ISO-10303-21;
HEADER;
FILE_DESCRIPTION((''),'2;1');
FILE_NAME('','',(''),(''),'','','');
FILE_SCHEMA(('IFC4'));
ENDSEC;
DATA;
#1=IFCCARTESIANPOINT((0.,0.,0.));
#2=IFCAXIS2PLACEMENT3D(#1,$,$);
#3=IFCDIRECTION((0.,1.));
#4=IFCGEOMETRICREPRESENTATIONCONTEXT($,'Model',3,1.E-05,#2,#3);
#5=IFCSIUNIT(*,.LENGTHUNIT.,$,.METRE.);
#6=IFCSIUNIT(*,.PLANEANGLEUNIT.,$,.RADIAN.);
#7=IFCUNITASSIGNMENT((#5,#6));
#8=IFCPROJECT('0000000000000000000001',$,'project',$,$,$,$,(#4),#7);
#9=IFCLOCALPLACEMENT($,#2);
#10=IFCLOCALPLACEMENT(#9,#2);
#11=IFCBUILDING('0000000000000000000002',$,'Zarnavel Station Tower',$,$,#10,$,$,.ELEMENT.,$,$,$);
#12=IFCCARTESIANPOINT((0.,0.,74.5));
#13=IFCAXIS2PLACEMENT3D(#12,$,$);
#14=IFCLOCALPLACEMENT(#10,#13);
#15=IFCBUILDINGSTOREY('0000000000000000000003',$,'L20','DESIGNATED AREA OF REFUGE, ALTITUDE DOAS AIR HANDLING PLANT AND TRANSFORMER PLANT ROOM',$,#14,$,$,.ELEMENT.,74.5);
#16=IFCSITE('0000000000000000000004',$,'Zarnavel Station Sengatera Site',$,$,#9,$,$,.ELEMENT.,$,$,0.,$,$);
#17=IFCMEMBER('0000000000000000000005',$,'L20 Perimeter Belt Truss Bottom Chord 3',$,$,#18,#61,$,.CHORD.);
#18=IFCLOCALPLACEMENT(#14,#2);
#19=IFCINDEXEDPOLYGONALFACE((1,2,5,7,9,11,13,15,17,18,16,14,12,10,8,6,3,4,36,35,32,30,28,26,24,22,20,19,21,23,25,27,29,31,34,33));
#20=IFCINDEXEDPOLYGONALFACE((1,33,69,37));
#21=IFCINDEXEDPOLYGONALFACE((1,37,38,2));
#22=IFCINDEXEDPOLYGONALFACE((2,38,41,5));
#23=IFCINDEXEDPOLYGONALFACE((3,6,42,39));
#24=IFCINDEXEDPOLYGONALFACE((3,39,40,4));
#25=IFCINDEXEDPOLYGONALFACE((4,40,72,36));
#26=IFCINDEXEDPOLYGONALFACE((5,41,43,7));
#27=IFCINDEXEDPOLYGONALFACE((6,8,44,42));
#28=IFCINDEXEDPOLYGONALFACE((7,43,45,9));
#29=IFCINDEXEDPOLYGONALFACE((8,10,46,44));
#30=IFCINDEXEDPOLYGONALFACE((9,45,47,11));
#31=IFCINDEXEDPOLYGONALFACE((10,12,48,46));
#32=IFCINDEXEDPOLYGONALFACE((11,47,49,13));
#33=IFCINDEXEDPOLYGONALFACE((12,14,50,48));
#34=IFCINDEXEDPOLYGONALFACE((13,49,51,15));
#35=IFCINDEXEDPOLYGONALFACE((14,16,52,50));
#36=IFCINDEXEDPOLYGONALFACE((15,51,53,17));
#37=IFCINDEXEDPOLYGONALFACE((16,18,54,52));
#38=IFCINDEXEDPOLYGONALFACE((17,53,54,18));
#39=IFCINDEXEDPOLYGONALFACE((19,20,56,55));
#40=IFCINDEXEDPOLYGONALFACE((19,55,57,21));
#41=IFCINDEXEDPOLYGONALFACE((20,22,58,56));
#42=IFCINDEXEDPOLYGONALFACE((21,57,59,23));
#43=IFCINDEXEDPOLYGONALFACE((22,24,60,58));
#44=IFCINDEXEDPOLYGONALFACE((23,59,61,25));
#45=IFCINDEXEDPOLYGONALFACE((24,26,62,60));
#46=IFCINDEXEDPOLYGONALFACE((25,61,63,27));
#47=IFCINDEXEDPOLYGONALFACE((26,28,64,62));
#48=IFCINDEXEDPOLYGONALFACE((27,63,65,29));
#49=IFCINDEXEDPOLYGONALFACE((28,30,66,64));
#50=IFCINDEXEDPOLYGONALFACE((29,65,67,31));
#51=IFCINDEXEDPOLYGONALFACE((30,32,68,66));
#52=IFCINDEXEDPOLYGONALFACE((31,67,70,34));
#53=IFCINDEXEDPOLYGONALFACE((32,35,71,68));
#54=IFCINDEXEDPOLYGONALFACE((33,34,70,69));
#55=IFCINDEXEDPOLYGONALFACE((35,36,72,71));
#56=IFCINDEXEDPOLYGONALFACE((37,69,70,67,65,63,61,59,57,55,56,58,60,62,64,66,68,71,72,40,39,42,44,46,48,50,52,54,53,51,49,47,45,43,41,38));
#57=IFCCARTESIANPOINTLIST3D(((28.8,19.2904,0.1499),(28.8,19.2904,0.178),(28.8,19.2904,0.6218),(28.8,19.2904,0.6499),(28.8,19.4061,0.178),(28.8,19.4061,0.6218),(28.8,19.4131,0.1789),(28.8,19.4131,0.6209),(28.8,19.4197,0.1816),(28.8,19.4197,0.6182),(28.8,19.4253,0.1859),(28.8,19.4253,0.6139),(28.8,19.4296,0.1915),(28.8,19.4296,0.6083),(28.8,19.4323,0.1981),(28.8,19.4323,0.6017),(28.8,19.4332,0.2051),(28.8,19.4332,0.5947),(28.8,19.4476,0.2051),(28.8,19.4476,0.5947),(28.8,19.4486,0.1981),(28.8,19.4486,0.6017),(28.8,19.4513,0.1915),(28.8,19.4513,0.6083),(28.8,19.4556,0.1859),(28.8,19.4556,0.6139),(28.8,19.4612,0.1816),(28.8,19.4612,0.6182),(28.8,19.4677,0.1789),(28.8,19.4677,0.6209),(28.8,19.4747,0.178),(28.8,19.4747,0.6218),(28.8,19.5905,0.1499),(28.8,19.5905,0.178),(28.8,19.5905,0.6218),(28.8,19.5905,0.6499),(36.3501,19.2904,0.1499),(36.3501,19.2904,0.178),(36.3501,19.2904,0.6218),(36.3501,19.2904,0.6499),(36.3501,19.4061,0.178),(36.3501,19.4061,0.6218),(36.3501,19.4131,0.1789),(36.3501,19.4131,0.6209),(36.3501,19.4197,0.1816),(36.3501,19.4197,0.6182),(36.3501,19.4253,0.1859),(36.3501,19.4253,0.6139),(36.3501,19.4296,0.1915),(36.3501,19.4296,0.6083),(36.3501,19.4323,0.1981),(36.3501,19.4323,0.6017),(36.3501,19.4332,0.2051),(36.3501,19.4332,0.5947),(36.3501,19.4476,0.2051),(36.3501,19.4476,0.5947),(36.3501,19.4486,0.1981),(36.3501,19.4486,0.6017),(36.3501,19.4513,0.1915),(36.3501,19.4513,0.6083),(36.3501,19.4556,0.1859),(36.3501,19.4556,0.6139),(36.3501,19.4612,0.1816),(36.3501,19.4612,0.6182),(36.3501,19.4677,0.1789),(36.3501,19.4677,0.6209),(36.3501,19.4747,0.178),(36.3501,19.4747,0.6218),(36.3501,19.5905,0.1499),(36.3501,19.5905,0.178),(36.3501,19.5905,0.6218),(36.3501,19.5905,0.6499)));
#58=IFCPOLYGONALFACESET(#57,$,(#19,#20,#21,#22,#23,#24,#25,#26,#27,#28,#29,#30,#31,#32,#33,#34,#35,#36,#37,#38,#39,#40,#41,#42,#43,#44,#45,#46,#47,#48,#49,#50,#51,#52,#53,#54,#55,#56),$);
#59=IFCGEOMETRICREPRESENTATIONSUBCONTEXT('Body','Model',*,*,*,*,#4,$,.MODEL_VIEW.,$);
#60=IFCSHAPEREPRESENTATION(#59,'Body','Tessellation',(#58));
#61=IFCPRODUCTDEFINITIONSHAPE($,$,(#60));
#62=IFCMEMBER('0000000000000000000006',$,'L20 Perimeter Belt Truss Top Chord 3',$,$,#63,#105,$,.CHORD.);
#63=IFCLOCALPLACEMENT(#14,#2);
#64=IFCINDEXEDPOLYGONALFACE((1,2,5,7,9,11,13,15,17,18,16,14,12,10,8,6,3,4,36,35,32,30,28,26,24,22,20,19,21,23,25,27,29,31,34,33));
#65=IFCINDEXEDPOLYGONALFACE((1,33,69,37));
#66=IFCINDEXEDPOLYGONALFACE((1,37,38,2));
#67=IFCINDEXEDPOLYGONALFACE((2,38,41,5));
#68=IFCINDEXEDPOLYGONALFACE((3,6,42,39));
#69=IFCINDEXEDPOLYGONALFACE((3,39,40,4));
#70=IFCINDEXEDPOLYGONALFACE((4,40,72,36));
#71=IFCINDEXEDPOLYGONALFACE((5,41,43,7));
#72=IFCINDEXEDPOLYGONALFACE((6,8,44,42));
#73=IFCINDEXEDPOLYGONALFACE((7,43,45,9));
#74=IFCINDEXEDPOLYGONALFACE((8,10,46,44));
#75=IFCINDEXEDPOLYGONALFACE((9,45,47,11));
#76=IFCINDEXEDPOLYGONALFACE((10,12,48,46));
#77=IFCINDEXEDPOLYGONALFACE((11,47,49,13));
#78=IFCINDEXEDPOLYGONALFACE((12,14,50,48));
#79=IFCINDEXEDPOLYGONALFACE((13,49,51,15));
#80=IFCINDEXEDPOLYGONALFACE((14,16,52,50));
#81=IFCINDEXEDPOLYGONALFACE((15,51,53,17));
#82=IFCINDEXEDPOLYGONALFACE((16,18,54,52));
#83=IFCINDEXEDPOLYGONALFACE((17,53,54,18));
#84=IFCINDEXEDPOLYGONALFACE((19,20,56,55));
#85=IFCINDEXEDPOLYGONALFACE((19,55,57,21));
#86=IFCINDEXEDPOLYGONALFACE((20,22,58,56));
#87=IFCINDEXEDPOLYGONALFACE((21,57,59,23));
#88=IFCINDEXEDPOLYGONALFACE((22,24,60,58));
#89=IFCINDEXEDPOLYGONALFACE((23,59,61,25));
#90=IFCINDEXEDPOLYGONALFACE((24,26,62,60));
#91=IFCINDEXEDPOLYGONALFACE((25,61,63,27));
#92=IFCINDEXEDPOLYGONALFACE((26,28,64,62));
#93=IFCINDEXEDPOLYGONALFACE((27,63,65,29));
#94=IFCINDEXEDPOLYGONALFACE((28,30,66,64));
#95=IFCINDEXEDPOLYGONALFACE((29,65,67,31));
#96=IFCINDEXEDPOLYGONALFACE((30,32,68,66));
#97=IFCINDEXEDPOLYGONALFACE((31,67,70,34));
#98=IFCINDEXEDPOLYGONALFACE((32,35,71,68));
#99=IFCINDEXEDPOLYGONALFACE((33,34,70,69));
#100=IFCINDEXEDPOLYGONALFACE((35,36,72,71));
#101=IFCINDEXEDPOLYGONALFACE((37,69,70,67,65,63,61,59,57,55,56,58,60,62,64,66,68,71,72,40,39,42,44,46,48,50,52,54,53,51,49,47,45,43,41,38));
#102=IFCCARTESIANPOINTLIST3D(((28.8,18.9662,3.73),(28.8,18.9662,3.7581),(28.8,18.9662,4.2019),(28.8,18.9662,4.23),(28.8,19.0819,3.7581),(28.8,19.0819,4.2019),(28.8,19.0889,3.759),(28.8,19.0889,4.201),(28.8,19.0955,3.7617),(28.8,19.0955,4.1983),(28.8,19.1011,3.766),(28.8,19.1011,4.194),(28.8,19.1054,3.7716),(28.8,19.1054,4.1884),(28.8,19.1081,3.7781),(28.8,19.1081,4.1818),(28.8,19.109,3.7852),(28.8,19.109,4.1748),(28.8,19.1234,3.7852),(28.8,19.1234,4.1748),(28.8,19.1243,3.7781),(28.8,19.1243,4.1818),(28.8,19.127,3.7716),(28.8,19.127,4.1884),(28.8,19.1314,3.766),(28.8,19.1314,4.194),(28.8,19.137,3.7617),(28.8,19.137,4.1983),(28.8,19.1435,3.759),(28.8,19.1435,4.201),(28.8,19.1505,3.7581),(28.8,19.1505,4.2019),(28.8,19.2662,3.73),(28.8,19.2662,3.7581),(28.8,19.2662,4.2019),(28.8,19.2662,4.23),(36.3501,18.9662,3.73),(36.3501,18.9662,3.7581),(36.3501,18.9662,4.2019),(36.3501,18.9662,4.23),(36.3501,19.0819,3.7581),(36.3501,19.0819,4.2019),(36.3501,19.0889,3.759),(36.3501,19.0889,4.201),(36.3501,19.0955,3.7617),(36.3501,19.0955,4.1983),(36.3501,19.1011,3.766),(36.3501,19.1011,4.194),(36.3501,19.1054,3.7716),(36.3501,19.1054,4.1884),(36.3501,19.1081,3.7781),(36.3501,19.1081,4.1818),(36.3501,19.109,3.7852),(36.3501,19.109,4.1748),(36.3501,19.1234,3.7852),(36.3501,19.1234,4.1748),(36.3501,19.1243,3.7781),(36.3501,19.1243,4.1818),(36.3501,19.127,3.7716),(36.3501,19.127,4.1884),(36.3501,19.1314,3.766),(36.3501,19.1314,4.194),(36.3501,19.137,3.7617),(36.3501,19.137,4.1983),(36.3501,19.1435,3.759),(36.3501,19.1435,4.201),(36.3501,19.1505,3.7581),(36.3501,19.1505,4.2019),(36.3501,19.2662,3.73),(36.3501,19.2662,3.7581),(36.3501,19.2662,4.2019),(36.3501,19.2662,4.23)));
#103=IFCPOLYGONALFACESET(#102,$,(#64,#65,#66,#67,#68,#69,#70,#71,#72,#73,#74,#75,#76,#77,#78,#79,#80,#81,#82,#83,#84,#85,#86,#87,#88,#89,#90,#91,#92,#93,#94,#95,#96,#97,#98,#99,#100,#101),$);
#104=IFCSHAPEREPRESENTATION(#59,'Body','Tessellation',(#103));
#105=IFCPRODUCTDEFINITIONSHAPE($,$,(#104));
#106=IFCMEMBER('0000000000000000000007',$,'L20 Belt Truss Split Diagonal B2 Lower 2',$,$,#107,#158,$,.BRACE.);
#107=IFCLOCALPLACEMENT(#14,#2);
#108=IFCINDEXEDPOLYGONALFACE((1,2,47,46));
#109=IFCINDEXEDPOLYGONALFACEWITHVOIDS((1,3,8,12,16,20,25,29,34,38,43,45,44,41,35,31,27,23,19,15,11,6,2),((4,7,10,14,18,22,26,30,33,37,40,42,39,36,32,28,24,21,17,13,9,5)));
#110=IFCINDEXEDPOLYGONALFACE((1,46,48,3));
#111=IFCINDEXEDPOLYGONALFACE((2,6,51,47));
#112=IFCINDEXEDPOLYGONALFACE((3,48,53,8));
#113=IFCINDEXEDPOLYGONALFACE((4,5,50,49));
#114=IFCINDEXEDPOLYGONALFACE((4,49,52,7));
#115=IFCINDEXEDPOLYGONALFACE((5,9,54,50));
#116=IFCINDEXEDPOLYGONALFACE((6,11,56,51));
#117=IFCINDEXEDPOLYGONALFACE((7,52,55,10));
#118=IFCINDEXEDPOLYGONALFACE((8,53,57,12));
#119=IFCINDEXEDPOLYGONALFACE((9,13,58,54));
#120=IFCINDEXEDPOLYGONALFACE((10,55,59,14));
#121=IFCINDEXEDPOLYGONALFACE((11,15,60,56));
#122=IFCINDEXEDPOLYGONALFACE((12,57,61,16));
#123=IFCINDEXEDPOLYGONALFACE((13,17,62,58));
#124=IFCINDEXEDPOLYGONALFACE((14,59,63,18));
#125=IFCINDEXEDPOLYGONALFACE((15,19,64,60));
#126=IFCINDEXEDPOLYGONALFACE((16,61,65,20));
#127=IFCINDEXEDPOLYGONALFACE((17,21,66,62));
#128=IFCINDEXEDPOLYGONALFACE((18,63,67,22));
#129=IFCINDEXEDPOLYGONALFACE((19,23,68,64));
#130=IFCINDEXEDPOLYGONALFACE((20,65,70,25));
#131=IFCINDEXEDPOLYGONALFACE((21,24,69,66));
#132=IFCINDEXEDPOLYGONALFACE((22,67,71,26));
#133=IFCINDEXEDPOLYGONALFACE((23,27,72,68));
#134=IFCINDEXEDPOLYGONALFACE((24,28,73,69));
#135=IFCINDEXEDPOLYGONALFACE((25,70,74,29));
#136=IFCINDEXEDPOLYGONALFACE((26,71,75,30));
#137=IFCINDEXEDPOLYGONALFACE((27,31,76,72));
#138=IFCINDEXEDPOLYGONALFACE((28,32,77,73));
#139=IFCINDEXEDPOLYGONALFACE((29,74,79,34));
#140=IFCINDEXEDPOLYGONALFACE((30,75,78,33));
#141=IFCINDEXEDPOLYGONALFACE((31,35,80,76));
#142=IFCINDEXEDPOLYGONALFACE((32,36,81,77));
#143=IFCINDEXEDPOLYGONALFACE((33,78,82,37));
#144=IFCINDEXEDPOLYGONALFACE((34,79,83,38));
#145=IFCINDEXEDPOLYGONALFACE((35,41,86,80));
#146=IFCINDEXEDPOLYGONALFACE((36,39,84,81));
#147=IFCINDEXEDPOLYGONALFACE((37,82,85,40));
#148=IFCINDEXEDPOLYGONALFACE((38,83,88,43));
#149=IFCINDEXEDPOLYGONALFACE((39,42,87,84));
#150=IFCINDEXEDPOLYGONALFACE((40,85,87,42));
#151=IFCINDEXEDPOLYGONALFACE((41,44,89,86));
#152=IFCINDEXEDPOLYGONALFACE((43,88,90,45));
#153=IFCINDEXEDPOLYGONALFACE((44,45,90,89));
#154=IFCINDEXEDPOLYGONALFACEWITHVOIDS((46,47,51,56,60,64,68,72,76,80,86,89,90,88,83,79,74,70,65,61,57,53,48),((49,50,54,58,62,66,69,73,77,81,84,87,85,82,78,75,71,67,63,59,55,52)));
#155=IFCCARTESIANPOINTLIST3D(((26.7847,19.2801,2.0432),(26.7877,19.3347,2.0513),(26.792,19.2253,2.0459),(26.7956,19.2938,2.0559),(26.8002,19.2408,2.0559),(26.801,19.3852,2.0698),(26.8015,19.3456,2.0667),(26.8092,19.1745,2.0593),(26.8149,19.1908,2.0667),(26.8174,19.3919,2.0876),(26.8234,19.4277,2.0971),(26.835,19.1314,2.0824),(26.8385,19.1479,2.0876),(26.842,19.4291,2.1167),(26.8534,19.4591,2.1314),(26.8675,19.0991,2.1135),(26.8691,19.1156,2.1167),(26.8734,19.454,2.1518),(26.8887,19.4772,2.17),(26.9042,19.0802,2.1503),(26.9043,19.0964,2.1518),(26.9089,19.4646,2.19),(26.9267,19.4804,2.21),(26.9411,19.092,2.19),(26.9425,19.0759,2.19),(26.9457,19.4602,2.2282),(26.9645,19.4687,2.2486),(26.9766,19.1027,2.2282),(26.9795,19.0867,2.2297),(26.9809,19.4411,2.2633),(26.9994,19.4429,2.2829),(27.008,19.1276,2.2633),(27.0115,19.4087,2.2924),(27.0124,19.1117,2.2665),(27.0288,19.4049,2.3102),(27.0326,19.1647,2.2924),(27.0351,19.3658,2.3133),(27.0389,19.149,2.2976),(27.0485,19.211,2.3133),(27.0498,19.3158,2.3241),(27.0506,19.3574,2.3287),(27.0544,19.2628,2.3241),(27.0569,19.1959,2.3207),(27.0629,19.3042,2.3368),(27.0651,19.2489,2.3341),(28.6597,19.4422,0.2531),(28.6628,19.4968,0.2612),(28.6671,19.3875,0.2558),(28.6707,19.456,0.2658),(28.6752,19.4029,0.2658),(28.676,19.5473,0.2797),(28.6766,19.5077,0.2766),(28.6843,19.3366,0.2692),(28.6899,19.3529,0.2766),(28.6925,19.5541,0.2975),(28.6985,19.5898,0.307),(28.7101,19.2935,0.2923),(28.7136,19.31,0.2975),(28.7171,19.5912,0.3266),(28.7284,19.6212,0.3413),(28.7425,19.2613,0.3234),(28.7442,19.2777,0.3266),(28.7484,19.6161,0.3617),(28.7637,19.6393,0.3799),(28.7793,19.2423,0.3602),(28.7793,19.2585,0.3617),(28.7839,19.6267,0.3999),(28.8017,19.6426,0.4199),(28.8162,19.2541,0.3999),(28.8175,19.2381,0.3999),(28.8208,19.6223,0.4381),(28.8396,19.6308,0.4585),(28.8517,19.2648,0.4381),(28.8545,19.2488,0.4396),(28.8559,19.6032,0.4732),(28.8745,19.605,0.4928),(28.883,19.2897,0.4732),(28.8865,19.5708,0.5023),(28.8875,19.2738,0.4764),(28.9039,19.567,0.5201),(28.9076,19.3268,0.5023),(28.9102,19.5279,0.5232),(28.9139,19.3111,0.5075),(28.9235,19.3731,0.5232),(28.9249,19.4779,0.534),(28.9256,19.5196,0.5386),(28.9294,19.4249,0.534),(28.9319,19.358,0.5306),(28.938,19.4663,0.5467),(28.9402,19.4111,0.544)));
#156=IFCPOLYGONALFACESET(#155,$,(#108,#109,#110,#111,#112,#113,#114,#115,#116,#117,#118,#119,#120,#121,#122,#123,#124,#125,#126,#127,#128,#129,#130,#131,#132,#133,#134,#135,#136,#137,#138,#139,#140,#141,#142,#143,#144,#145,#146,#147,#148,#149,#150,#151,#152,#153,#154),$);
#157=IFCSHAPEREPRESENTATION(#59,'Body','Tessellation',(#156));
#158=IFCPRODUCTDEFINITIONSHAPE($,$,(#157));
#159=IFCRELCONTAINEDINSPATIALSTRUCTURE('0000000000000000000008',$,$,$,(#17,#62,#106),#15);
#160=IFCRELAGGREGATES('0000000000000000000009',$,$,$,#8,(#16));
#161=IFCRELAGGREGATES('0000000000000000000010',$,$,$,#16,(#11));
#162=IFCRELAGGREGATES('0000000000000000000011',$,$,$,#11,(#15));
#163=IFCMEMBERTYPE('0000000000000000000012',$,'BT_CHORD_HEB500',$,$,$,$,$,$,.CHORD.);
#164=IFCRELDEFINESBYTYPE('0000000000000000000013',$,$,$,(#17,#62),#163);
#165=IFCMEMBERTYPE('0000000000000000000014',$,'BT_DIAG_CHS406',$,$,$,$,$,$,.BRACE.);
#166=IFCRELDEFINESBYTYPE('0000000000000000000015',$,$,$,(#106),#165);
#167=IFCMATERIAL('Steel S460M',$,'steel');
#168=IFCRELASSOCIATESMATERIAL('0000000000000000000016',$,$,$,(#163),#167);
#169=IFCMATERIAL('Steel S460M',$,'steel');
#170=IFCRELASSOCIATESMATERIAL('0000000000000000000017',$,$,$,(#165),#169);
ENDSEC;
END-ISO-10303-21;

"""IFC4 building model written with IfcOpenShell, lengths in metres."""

from ifc_helpers import new_model, si_unit, direction, frame, origin, origin_2d, place, context, subcontext, project, spatial, hollow_circle, i_section, extrude, material, material_profile, profile_set, type_object, element, save


model = new_model("IFC4")

# Units and contexts
model_context = context("Model", 3, precision=1e-05, world=origin(), true_north=direction((0.0, 1.0)))
body_context = subcontext(model_context, "Body", "Model", "MODEL_VIEW")
ifc_project = project(units=[si_unit("LENGTHUNIT", "METRE"), si_unit("PLANEANGLEUNIT", "RADIAN")], contexts=[model_context])

# Site, building, storey
site_placement = place(None, origin())
site = spatial("IfcSite", under=ifc_project, at=site_placement, Name="Zarnavel Station Sengatera Site", CompositionType="ELEMENT", RefElevation=0.0)
building_placement = place(site_placement, origin())
building = spatial("IfcBuilding", under=site, at=building_placement, Name="Zarnavel Station Tower", CompositionType="ELEMENT")
storey_placement = place(building_placement, frame((0.0, 0.0, 74.5)))
storey = spatial("IfcBuildingStorey", under=building, at=storey_placement, Name="L20", Description="DESIGNATED AREA OF REFUGE, ALTITUDE DOAS AIR HANDLING PLANT AND TRANSFORMER PLANT ROOM", CompositionType="ELEMENT", Elevation=74.5)

# Members
ifc_material_1 = material(Name="Steel S460M", Category="steel")
ifc_material_profile_1 = material_profile(ifc_material_1, i_section(OverallWidth=0.3, OverallDepth=0.5, WebThickness=0.0144, FlangeThickness=0.0281, FilletRadius=0.0271, at=origin_2d()), Name="HEB500")
ifc_profile_set_1 = profile_set([ifc_material_profile_1], Name="Steel S460M")
member_type_1 = type_object("IfcMemberType", Name="BT_CHORD_HEB500", PredefinedType="CHORD", material=ifc_profile_set_1)
for number, where, z_axis, x_axis, name in (
    (1, (28.8, 19.4404, 0.3999), (1.0, 0.0, 0.0), (0.0, 1.0, 0.0), "L20 Perimeter Belt Truss Bottom Chord 3"),
    (2, (28.8, 19.1162, 3.98), (1.0, 0.0, 0.0), (0.0, 1.0, 0.0), "L20 Perimeter Belt Truss Top Chord 3"),
):
    element("IfcMember", number, at=place(storey_placement, frame(where, z_axis=z_axis, x_axis=x_axis)), inside=storey, type_object=member_type_1, Name=name, PredefinedType="CHORD", context=body_context, shape_type="SweptSolid", body=[
        extrude(i_section(OverallWidth=0.3, OverallDepth=0.5, WebThickness=0.0144, FlangeThickness=0.0281, FilletRadius=0.0271, at=origin_2d()), origin(), (0.0, 0.0, 1.0), 7.55),
    ])
ifc_material_2 = material(Name="Steel S460M", Category="steel")
ifc_material_profile_2 = material_profile(ifc_material_2, hollow_circle(Radius=0.2031, WallThickness=0.0161, at=origin_2d()), Name="CHS406.4x16")
ifc_profile_set_2 = profile_set([ifc_material_profile_2], Name="Steel S460M")
member_type_2 = type_object("IfcMemberType", Name="BT_DIAG_CHS406", PredefinedType="BRACE", material=ifc_profile_set_2)
member_1_placement = place(storey_placement, frame((28.8, 19.4404, 0.3999), z_axis=(-0.721894, -0.062414, 0.689183), x_axis=(0.086137, -0.996283, 0.0)))
element("IfcMember", 3, at=member_1_placement, inside=storey, type_object=member_type_2, Name="L20 Belt Truss Split Diagonal B2 Lower 2", PredefinedType="BRACE", context=body_context, shape_type="SweptSolid", body=[
    extrude(hollow_circle(Radius=0.2031, WallThickness=0.0161, at=origin_2d()), origin(), (0.0, 0.0, 1.0), 2.5974),
])

save(model, "model.ifc")
